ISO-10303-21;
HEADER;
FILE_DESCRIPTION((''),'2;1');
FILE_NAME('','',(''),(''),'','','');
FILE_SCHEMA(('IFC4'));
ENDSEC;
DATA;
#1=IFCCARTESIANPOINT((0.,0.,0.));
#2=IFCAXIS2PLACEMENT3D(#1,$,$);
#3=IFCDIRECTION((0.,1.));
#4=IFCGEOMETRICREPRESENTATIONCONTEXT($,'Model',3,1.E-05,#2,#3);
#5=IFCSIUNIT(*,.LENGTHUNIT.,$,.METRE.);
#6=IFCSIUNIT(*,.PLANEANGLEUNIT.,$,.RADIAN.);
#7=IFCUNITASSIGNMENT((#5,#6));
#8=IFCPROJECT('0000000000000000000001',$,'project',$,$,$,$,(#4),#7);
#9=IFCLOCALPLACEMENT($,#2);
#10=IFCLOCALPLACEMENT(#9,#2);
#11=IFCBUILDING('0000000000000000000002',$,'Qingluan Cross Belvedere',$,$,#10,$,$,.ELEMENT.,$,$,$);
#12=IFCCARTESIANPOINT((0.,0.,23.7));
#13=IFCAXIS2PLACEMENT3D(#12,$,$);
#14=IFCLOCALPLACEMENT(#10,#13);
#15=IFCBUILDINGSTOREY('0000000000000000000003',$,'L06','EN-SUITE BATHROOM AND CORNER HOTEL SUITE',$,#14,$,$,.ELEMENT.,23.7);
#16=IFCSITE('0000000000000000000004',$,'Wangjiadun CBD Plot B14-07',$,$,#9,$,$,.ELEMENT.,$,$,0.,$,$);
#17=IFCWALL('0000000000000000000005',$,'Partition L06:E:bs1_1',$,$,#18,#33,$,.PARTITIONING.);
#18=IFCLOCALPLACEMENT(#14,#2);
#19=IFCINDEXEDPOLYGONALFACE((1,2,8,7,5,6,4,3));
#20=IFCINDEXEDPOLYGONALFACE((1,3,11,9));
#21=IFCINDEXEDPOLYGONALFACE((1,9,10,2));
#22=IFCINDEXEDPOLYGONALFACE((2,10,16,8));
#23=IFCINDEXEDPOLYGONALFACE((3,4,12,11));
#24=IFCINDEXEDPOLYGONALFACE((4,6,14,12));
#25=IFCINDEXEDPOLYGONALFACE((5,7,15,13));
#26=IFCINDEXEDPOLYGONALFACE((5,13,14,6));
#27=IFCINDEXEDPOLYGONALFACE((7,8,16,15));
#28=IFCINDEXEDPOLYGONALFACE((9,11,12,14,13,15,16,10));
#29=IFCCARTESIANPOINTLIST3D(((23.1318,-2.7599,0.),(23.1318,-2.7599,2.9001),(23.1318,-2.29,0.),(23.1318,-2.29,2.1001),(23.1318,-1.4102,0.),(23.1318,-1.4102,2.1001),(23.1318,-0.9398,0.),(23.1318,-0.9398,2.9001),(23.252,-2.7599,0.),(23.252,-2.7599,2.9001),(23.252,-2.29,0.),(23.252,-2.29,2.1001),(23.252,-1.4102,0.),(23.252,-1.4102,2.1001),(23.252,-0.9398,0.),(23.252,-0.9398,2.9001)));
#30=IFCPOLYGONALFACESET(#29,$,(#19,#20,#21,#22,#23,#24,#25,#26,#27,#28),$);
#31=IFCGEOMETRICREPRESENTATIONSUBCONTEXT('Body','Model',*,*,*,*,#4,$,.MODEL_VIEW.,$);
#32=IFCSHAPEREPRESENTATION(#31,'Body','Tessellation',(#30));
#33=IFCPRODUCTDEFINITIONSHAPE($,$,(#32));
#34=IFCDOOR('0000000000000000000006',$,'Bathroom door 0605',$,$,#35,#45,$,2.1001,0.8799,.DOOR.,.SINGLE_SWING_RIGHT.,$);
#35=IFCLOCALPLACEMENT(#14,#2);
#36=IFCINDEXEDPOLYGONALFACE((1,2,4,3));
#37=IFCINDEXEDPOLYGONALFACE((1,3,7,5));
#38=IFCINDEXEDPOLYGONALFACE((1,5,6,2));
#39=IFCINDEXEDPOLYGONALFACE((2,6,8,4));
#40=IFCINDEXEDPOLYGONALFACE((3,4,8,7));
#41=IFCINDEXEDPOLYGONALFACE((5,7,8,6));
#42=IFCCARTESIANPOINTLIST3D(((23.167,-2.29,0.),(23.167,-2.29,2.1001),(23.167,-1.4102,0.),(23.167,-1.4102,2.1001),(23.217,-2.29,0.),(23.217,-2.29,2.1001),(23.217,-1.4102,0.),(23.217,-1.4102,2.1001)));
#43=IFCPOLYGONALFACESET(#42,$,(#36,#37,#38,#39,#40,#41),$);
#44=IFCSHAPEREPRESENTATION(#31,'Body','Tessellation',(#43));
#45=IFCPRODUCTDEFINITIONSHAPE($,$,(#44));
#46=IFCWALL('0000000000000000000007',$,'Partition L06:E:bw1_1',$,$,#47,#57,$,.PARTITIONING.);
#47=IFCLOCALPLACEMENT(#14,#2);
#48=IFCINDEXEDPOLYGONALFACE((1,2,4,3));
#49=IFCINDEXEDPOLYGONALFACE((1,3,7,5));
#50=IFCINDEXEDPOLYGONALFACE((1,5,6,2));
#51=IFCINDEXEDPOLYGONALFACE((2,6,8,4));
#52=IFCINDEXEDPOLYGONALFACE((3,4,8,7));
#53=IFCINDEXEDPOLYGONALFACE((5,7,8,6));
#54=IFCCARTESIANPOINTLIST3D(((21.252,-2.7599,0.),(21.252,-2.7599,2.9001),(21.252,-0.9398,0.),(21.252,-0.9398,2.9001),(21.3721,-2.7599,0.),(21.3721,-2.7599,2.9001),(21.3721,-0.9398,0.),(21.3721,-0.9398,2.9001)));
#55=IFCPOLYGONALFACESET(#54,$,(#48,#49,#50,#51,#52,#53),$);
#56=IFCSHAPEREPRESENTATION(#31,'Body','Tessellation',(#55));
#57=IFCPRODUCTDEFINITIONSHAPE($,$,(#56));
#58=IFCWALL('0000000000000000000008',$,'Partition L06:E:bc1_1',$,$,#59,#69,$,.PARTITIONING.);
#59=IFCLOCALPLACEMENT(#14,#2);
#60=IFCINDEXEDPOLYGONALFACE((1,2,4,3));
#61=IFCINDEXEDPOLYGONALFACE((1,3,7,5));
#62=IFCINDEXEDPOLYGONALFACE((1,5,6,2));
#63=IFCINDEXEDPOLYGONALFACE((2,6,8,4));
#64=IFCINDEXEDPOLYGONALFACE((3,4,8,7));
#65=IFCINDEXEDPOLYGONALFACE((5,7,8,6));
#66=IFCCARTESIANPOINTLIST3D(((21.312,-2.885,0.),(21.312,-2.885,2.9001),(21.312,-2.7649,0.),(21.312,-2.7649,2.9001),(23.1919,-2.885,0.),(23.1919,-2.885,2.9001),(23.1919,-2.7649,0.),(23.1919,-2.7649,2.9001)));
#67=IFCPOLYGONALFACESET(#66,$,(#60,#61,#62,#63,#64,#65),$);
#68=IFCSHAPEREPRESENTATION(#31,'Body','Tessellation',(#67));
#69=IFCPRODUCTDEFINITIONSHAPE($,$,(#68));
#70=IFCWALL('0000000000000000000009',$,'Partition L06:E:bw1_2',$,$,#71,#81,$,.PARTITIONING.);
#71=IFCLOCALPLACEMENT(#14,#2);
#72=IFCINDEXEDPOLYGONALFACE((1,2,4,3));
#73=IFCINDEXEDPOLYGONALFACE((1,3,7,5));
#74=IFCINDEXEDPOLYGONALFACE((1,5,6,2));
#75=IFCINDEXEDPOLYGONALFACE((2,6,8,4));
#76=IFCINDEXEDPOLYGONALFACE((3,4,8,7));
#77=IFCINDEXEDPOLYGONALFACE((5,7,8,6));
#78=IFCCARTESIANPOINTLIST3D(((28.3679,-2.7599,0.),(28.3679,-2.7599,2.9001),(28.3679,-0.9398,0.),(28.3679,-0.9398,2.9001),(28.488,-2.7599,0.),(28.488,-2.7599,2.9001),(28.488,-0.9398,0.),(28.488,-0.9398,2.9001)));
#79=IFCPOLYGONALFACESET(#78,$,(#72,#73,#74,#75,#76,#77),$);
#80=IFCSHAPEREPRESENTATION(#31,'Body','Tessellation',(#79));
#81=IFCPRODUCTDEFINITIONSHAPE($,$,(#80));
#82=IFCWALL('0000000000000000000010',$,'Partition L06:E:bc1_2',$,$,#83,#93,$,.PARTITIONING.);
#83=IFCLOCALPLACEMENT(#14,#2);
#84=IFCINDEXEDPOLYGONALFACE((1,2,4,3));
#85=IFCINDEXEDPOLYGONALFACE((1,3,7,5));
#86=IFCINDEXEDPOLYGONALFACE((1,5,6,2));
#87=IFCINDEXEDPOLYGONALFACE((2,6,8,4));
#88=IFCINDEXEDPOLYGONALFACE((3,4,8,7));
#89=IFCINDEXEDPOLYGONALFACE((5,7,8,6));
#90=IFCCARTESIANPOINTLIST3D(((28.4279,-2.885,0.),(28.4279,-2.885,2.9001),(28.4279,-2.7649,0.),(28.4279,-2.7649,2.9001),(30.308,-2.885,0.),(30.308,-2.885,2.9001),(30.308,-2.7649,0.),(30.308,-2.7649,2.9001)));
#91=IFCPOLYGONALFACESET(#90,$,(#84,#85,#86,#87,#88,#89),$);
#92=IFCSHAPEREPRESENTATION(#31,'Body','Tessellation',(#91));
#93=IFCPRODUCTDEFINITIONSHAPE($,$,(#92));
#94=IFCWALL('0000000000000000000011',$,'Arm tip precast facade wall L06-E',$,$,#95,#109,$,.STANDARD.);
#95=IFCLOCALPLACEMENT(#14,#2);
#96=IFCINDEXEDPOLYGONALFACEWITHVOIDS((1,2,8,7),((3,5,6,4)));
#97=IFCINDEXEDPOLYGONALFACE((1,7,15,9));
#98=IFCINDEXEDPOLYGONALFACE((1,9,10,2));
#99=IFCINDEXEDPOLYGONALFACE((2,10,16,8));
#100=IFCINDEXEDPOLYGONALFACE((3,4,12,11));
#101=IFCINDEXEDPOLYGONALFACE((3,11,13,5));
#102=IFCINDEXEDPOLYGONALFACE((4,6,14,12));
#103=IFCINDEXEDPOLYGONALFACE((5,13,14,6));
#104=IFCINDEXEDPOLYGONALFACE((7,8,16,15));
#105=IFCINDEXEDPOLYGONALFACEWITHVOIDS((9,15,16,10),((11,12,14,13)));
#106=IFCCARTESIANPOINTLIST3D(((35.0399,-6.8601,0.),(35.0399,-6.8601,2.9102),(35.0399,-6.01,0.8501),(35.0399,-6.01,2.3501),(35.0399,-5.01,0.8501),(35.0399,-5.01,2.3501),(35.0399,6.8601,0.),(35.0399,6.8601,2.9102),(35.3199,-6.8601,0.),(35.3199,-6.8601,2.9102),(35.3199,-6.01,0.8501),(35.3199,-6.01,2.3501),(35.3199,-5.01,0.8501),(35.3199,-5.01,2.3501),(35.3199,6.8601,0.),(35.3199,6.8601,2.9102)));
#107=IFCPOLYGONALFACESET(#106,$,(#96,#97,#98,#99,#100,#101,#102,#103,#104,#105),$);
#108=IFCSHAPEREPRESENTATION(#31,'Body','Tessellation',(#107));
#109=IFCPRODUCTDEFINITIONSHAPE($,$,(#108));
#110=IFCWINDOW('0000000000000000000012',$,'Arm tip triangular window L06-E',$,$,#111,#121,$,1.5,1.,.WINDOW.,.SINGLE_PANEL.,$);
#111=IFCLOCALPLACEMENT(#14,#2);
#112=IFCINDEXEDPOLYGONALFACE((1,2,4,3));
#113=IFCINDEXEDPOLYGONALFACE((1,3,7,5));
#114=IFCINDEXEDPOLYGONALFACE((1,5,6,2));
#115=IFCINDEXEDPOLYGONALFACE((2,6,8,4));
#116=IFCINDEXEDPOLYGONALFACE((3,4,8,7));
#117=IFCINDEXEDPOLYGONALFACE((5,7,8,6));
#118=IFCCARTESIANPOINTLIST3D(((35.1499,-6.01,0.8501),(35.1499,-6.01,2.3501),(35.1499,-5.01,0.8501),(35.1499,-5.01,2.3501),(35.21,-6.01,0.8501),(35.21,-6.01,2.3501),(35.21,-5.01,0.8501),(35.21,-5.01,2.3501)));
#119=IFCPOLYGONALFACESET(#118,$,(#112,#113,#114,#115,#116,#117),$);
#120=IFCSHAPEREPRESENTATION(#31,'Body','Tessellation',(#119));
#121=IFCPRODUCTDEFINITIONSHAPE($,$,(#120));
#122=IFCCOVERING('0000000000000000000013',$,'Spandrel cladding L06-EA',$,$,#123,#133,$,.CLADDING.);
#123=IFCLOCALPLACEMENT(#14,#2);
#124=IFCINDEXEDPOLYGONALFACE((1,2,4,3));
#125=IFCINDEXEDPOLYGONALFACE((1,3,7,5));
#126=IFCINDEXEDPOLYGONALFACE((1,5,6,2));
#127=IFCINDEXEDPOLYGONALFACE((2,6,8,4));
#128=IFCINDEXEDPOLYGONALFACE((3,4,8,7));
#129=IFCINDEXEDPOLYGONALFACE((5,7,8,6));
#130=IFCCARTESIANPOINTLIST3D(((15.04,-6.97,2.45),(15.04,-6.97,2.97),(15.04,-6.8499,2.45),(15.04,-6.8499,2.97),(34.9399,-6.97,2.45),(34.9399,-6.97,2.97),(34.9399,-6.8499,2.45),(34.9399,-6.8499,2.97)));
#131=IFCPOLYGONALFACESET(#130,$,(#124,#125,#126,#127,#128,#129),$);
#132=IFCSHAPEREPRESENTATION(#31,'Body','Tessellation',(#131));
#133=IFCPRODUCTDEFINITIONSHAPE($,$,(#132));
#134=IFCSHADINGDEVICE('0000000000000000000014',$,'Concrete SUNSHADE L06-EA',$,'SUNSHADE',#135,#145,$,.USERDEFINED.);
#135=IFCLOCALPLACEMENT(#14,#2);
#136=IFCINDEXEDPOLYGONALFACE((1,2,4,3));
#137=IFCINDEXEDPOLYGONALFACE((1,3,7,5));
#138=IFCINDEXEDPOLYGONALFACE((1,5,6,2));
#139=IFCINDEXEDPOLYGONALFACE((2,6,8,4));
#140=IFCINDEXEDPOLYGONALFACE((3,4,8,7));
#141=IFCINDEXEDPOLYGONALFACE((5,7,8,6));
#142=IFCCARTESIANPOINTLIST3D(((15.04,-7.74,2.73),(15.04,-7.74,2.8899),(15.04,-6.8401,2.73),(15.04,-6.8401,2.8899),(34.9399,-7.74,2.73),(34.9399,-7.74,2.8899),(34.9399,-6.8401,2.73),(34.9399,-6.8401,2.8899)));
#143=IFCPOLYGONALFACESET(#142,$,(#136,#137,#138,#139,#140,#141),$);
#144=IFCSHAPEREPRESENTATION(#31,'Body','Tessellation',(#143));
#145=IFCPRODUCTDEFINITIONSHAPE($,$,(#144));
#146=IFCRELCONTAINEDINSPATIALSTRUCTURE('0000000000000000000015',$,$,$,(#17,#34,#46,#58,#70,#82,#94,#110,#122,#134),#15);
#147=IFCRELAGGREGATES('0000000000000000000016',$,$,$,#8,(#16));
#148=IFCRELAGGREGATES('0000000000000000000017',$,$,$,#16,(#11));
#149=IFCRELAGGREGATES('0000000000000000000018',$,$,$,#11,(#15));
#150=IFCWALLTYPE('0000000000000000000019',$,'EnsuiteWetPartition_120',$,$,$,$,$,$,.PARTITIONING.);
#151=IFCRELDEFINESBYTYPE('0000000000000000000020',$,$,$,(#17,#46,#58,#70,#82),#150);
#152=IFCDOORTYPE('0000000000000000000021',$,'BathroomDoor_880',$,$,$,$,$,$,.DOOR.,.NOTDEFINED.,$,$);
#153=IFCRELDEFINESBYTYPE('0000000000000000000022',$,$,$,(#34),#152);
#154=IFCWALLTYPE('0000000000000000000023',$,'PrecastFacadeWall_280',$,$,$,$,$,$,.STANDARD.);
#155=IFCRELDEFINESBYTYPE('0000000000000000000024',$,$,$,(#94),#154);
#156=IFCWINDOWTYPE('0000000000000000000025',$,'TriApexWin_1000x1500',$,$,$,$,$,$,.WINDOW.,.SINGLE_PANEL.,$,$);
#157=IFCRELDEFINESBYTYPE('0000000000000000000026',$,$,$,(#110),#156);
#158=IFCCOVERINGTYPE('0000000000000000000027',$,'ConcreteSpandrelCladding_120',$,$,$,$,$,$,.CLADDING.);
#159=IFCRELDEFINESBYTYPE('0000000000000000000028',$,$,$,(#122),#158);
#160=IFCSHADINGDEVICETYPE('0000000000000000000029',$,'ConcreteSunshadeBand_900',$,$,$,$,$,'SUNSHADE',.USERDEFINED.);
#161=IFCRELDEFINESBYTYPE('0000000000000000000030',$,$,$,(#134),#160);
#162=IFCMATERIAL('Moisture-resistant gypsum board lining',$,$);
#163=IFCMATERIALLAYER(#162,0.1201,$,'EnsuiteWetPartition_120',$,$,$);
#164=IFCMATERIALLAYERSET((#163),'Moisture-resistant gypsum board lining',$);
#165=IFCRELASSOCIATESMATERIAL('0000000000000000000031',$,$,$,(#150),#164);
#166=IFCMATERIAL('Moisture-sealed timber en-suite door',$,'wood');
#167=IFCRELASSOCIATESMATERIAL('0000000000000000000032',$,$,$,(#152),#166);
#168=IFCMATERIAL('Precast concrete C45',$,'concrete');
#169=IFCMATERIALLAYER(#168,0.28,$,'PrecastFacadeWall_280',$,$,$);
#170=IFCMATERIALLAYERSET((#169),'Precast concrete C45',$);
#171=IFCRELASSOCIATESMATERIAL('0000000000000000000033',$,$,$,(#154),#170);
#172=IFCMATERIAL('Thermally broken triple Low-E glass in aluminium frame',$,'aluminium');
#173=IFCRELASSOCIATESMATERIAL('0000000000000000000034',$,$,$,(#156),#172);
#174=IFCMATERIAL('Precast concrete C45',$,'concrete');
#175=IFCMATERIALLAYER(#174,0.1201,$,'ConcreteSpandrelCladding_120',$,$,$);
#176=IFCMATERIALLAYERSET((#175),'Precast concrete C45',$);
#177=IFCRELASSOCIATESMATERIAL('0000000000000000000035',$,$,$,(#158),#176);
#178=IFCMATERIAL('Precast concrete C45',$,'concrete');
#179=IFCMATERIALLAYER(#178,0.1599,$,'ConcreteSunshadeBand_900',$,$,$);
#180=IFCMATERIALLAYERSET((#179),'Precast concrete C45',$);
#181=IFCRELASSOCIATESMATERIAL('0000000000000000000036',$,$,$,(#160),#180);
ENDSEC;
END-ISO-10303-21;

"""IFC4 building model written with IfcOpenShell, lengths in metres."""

from ifc_helpers import new_model, si_unit, direction, frame, frame_2d, origin, origin_2d, place, context, subcontext, project, spatial, rectangle, extrude, material, layer, layer_set, type_object, element, fill, save


model = new_model("IFC4")

# Units and contexts
model_context = context("Model", 3, precision=1e-05, world=origin(), true_north=direction((0.0, 1.0)))
body_context = subcontext(model_context, "Body", "Model", "MODEL_VIEW")
ifc_project = project(units=[si_unit("LENGTHUNIT", "METRE"), si_unit("PLANEANGLEUNIT", "RADIAN")], contexts=[model_context])

# Site, building, storey
site_placement = place(None, origin())
site = spatial("IfcSite", under=ifc_project, at=site_placement, Name="Wangjiadun CBD Plot B14-07", CompositionType="ELEMENT", RefElevation=0.0)
building_placement = place(site_placement, origin())
building = spatial("IfcBuilding", under=site, at=building_placement, Name="Qingluan Cross Belvedere", CompositionType="ELEMENT")
storey_placement = place(building_placement, frame((0.0, 0.0, 23.7)))
storey = spatial("IfcBuildingStorey", under=building, at=storey_placement, Name="L06", Description="EN-SUITE BATHROOM AND CORNER HOTEL SUITE", CompositionType="ELEMENT", Elevation=23.7)

# Shared definitions
ifc_material_1 = material(Name="Moisture-resistant gypsum board lining")
ifc_layer_1 = layer(ifc_material_1, 0.1201, Name="EnsuiteWetPartition_120")
ifc_layer_set_1 = layer_set([ifc_layer_1], Name="Moisture-resistant gypsum board lining")
wall_type_1 = type_object("IfcWallType", Name="EnsuiteWetPartition_120", PredefinedType="PARTITIONING", material=ifc_layer_set_1)
ifc_material_2 = material(Name="Moisture-sealed timber en-suite door", Category="wood")
door_type = type_object("IfcDoorType", Name="BathroomDoor_880", OperationType="NOTDEFINED", PredefinedType="DOOR", material=ifc_material_2)

# Wall, opening, door
wall_1_placement = place(storey_placement, frame((23.1919, -2.76, 0.0), z_axis=(0.0, 0.0, 1.0), x_axis=(0.0, 1.0, 0.0)))
wall_1 = element("IfcWall", 1, at=wall_1_placement, inside=storey, type_object=wall_type_1, Name="Partition L06:E:bs1_1", PredefinedType="PARTITIONING", context=body_context, shape_type="SweptSolid", body=[
    extrude(rectangle(XDim=1.8201, YDim=0.1201, at=frame_2d((0.9102, 0.0))), origin(), (0.0, 0.0, 1.0), 2.9001),
])
opening_1_placement = place(wall_1_placement, frame((0.47, 0.0, 0.0)))
opening_1 = element("IfcOpeningElement", 2, at=opening_1_placement, cuts=wall_1, PredefinedType="OPENING", context=body_context, shape_type="SweptSolid", body=[
    extrude(rectangle(XDim=0.8799, YDim=2.1001, at=frame_2d((0.4399, 1.05))), frame((0.0, 0.0701, 0.0), z_axis=(0.0, -1.0, 0.0), x_axis=(1.0, 0.0, 0.0)), (0.0, 0.0, 1.0), 0.1401),
])
door_1_placement = place(opening_1_placement, origin())
door_1 = element("IfcDoor", 3, at=door_1_placement, inside=storey, type_object=door_type, Name="Bathroom door 0605", OperationType="SINGLE_SWING_RIGHT", OverallHeight=2.1001, OverallWidth=0.8799, PredefinedType="DOOR", context=body_context, shape_type="SweptSolid", body=[
    extrude(rectangle(XDim=0.8799, YDim=2.1001, at=frame_2d((0.4399, 1.05))), frame((0.0, 0.0249, 0.0), z_axis=(0.0, -1.0, 0.0), x_axis=(1.0, 0.0, 0.0)), (0.0, 0.0, 1.0), 0.05),
])
fill(opening_1, door_1)

# Walls
wall_2_placement = place(storey_placement, frame((21.312, -2.76, 0.0), z_axis=(0.0, 0.0, 1.0), x_axis=(0.0, 1.0, 0.0)))
element("IfcWall", 4, at=wall_2_placement, inside=storey, type_object=wall_type_1, Name="Partition L06:E:bw1_1", PredefinedType="PARTITIONING", context=body_context, shape_type="SweptSolid", body=[
    extrude(rectangle(XDim=1.8201, YDim=0.1201, at=frame_2d((0.9102, 0.0))), origin(), (0.0, 0.0, 1.0), 2.9001),
])
wall_3_placement = place(storey_placement, frame((21.312, -2.825, 0.0), z_axis=(0.0, 0.0, 1.0), x_axis=(1.0, 0.0, 0.0)))
element("IfcWall", 5, at=wall_3_placement, inside=storey, type_object=wall_type_1, Name="Partition L06:E:bc1_1", PredefinedType="PARTITIONING", context=body_context, shape_type="SweptSolid", body=[
    extrude(rectangle(XDim=1.8799, YDim=0.1201, at=frame_2d((0.9399, 0.0))), origin(), (0.0, 0.0, 1.0), 2.9001),
])
wall_4_placement = place(storey_placement, frame((28.428, -2.76, 0.0), z_axis=(0.0, 0.0, 1.0), x_axis=(0.0, 1.0, 0.0)))
element("IfcWall", 6, at=wall_4_placement, inside=storey, type_object=wall_type_1, Name="Partition L06:E:bw1_2", PredefinedType="PARTITIONING", context=body_context, shape_type="SweptSolid", body=[
    extrude(rectangle(XDim=1.8201, YDim=0.1201, at=frame_2d((0.9102, 0.0))), origin(), (0.0, 0.0, 1.0), 2.9001),
])
wall_5_placement = place(storey_placement, frame((28.428, -2.825, 0.0), z_axis=(0.0, 0.0, 1.0), x_axis=(1.0, 0.0, 0.0)))
element("IfcWall", 7, at=wall_5_placement, inside=storey, type_object=wall_type_1, Name="Partition L06:E:bc1_2", PredefinedType="PARTITIONING", context=body_context, shape_type="SweptSolid", body=[
    extrude(rectangle(XDim=1.8801, YDim=0.1201, at=frame_2d((0.9399, 0.0))), origin(), (0.0, 0.0, 1.0), 2.9001),
])

# Wall, opening, window
ifc_material_3 = material(Name="Precast concrete C45", Category="concrete")
ifc_layer_2 = layer(ifc_material_3, 0.28, Name="PrecastFacadeWall_280")
ifc_layer_set_2 = layer_set([ifc_layer_2], Name="Precast concrete C45")
wall_type_2 = type_object("IfcWallType", Name="PrecastFacadeWall_280", PredefinedType="STANDARD", material=ifc_layer_set_2)
wall_6_placement = place(storey_placement, frame((35.1799, -6.8601, 0.0), z_axis=(0.0, 0.0, 1.0), x_axis=(0.0, 1.0, 0.0)))
wall_6 = element("IfcWall", 8, at=wall_6_placement, inside=storey, type_object=wall_type_2, Name="Arm tip precast facade wall L06-E", PredefinedType="STANDARD", context=body_context, shape_type="SweptSolid", body=[
    extrude(rectangle(XDim=13.7202, YDim=0.28, at=frame_2d((6.8601, 0.0))), origin(), (0.0, 0.0, 1.0), 2.9102),
])
opening_2_placement = place(wall_6_placement, frame((0.8501, 0.0, 0.8501)))
opening_2 = element("IfcOpeningElement", 9, at=opening_2_placement, cuts=wall_6, PredefinedType="OPENING", context=body_context, shape_type="SweptSolid", body=[
    extrude(rectangle(XDim=1.0, YDim=1.5, at=frame_2d((0.5, 0.75))), frame((0.0, 0.1499, 0.0), z_axis=(0.0, -1.0, 0.0), x_axis=(1.0, 0.0, 0.0)), (0.0, 0.0, 1.0), 0.3),
])
ifc_material_4 = material(Name="Thermally broken triple Low-E glass in aluminium frame", Category="aluminium")
window_type = type_object("IfcWindowType", Name="TriApexWin_1000x1500", PartitioningType="SINGLE_PANEL", PredefinedType="WINDOW", material=ifc_material_4)
window_placement = place(opening_2_placement, origin())
window = element("IfcWindow", 10, at=window_placement, inside=storey, type_object=window_type, Name="Arm tip triangular window L06-E", OverallHeight=1.5, OverallWidth=1.0, PartitioningType="SINGLE_PANEL", PredefinedType="WINDOW", context=body_context, shape_type="SweptSolid", body=[
    extrude(rectangle(XDim=1.0, YDim=1.5, at=frame_2d((0.5, 0.75))), frame((0.0, 0.03, 0.0), z_axis=(0.0, -1.0, 0.0), x_axis=(1.0, 0.0, 0.0)), (0.0, 0.0, 1.0), 0.0601),
])
fill(opening_2, window)

# Covering
ifc_material_5 = material(Name="Precast concrete C45", Category="concrete")
ifc_layer_3 = layer(ifc_material_5, 0.1201, Name="ConcreteSpandrelCladding_120")
ifc_layer_set_3 = layer_set([ifc_layer_3], Name="Precast concrete C45")
covering_type_1 = type_object("IfcCoveringType", Name="ConcreteSpandrelCladding_120", PredefinedType="CLADDING", material=ifc_layer_set_3)
covering_1_placement = place(storey_placement, frame((24.99, -6.9099, 2.45), z_axis=(0.0, 0.0, 1.0), x_axis=(1.0, 0.0, 0.0)))
element("IfcCovering", 11, at=covering_1_placement, inside=storey, type_object=covering_type_1, Name="Spandrel cladding L06-EA", PredefinedType="CLADDING", context=body_context, shape_type="SweptSolid", body=[
    extrude(rectangle(XDim=19.8999, YDim=0.1201, at=origin_2d()), origin(), (0.0, 0.0, 1.0), 0.52),
])

# Shading device
ifc_material_6 = material(Name="Precast concrete C45", Category="concrete")
ifc_layer_4 = layer(ifc_material_6, 0.1599, Name="ConcreteSunshadeBand_900")
ifc_layer_set_4 = layer_set([ifc_layer_4], Name="Precast concrete C45")
shading_device_type = type_object("IfcShadingDeviceType", Name="ConcreteSunshadeBand_900", ElementType="SUNSHADE", PredefinedType="USERDEFINED", material=ifc_layer_set_4)
shading_device_placement = place(storey_placement, frame((24.99, -7.29, 2.73), z_axis=(0.0, 0.0, 1.0), x_axis=(1.0, 0.0, 0.0)))
element("IfcShadingDevice", 12, at=shading_device_placement, inside=storey, type_object=shading_device_type, Name="Concrete SUNSHADE L06-EA", ObjectType="SUNSHADE", PredefinedType="USERDEFINED", context=body_context, shape_type="SweptSolid", body=[
    extrude(rectangle(XDim=19.8999, YDim=0.8999, at=origin_2d()), origin(), (0.0, 0.0, 1.0), 0.1599),
])

save(model, "model.ifc")
